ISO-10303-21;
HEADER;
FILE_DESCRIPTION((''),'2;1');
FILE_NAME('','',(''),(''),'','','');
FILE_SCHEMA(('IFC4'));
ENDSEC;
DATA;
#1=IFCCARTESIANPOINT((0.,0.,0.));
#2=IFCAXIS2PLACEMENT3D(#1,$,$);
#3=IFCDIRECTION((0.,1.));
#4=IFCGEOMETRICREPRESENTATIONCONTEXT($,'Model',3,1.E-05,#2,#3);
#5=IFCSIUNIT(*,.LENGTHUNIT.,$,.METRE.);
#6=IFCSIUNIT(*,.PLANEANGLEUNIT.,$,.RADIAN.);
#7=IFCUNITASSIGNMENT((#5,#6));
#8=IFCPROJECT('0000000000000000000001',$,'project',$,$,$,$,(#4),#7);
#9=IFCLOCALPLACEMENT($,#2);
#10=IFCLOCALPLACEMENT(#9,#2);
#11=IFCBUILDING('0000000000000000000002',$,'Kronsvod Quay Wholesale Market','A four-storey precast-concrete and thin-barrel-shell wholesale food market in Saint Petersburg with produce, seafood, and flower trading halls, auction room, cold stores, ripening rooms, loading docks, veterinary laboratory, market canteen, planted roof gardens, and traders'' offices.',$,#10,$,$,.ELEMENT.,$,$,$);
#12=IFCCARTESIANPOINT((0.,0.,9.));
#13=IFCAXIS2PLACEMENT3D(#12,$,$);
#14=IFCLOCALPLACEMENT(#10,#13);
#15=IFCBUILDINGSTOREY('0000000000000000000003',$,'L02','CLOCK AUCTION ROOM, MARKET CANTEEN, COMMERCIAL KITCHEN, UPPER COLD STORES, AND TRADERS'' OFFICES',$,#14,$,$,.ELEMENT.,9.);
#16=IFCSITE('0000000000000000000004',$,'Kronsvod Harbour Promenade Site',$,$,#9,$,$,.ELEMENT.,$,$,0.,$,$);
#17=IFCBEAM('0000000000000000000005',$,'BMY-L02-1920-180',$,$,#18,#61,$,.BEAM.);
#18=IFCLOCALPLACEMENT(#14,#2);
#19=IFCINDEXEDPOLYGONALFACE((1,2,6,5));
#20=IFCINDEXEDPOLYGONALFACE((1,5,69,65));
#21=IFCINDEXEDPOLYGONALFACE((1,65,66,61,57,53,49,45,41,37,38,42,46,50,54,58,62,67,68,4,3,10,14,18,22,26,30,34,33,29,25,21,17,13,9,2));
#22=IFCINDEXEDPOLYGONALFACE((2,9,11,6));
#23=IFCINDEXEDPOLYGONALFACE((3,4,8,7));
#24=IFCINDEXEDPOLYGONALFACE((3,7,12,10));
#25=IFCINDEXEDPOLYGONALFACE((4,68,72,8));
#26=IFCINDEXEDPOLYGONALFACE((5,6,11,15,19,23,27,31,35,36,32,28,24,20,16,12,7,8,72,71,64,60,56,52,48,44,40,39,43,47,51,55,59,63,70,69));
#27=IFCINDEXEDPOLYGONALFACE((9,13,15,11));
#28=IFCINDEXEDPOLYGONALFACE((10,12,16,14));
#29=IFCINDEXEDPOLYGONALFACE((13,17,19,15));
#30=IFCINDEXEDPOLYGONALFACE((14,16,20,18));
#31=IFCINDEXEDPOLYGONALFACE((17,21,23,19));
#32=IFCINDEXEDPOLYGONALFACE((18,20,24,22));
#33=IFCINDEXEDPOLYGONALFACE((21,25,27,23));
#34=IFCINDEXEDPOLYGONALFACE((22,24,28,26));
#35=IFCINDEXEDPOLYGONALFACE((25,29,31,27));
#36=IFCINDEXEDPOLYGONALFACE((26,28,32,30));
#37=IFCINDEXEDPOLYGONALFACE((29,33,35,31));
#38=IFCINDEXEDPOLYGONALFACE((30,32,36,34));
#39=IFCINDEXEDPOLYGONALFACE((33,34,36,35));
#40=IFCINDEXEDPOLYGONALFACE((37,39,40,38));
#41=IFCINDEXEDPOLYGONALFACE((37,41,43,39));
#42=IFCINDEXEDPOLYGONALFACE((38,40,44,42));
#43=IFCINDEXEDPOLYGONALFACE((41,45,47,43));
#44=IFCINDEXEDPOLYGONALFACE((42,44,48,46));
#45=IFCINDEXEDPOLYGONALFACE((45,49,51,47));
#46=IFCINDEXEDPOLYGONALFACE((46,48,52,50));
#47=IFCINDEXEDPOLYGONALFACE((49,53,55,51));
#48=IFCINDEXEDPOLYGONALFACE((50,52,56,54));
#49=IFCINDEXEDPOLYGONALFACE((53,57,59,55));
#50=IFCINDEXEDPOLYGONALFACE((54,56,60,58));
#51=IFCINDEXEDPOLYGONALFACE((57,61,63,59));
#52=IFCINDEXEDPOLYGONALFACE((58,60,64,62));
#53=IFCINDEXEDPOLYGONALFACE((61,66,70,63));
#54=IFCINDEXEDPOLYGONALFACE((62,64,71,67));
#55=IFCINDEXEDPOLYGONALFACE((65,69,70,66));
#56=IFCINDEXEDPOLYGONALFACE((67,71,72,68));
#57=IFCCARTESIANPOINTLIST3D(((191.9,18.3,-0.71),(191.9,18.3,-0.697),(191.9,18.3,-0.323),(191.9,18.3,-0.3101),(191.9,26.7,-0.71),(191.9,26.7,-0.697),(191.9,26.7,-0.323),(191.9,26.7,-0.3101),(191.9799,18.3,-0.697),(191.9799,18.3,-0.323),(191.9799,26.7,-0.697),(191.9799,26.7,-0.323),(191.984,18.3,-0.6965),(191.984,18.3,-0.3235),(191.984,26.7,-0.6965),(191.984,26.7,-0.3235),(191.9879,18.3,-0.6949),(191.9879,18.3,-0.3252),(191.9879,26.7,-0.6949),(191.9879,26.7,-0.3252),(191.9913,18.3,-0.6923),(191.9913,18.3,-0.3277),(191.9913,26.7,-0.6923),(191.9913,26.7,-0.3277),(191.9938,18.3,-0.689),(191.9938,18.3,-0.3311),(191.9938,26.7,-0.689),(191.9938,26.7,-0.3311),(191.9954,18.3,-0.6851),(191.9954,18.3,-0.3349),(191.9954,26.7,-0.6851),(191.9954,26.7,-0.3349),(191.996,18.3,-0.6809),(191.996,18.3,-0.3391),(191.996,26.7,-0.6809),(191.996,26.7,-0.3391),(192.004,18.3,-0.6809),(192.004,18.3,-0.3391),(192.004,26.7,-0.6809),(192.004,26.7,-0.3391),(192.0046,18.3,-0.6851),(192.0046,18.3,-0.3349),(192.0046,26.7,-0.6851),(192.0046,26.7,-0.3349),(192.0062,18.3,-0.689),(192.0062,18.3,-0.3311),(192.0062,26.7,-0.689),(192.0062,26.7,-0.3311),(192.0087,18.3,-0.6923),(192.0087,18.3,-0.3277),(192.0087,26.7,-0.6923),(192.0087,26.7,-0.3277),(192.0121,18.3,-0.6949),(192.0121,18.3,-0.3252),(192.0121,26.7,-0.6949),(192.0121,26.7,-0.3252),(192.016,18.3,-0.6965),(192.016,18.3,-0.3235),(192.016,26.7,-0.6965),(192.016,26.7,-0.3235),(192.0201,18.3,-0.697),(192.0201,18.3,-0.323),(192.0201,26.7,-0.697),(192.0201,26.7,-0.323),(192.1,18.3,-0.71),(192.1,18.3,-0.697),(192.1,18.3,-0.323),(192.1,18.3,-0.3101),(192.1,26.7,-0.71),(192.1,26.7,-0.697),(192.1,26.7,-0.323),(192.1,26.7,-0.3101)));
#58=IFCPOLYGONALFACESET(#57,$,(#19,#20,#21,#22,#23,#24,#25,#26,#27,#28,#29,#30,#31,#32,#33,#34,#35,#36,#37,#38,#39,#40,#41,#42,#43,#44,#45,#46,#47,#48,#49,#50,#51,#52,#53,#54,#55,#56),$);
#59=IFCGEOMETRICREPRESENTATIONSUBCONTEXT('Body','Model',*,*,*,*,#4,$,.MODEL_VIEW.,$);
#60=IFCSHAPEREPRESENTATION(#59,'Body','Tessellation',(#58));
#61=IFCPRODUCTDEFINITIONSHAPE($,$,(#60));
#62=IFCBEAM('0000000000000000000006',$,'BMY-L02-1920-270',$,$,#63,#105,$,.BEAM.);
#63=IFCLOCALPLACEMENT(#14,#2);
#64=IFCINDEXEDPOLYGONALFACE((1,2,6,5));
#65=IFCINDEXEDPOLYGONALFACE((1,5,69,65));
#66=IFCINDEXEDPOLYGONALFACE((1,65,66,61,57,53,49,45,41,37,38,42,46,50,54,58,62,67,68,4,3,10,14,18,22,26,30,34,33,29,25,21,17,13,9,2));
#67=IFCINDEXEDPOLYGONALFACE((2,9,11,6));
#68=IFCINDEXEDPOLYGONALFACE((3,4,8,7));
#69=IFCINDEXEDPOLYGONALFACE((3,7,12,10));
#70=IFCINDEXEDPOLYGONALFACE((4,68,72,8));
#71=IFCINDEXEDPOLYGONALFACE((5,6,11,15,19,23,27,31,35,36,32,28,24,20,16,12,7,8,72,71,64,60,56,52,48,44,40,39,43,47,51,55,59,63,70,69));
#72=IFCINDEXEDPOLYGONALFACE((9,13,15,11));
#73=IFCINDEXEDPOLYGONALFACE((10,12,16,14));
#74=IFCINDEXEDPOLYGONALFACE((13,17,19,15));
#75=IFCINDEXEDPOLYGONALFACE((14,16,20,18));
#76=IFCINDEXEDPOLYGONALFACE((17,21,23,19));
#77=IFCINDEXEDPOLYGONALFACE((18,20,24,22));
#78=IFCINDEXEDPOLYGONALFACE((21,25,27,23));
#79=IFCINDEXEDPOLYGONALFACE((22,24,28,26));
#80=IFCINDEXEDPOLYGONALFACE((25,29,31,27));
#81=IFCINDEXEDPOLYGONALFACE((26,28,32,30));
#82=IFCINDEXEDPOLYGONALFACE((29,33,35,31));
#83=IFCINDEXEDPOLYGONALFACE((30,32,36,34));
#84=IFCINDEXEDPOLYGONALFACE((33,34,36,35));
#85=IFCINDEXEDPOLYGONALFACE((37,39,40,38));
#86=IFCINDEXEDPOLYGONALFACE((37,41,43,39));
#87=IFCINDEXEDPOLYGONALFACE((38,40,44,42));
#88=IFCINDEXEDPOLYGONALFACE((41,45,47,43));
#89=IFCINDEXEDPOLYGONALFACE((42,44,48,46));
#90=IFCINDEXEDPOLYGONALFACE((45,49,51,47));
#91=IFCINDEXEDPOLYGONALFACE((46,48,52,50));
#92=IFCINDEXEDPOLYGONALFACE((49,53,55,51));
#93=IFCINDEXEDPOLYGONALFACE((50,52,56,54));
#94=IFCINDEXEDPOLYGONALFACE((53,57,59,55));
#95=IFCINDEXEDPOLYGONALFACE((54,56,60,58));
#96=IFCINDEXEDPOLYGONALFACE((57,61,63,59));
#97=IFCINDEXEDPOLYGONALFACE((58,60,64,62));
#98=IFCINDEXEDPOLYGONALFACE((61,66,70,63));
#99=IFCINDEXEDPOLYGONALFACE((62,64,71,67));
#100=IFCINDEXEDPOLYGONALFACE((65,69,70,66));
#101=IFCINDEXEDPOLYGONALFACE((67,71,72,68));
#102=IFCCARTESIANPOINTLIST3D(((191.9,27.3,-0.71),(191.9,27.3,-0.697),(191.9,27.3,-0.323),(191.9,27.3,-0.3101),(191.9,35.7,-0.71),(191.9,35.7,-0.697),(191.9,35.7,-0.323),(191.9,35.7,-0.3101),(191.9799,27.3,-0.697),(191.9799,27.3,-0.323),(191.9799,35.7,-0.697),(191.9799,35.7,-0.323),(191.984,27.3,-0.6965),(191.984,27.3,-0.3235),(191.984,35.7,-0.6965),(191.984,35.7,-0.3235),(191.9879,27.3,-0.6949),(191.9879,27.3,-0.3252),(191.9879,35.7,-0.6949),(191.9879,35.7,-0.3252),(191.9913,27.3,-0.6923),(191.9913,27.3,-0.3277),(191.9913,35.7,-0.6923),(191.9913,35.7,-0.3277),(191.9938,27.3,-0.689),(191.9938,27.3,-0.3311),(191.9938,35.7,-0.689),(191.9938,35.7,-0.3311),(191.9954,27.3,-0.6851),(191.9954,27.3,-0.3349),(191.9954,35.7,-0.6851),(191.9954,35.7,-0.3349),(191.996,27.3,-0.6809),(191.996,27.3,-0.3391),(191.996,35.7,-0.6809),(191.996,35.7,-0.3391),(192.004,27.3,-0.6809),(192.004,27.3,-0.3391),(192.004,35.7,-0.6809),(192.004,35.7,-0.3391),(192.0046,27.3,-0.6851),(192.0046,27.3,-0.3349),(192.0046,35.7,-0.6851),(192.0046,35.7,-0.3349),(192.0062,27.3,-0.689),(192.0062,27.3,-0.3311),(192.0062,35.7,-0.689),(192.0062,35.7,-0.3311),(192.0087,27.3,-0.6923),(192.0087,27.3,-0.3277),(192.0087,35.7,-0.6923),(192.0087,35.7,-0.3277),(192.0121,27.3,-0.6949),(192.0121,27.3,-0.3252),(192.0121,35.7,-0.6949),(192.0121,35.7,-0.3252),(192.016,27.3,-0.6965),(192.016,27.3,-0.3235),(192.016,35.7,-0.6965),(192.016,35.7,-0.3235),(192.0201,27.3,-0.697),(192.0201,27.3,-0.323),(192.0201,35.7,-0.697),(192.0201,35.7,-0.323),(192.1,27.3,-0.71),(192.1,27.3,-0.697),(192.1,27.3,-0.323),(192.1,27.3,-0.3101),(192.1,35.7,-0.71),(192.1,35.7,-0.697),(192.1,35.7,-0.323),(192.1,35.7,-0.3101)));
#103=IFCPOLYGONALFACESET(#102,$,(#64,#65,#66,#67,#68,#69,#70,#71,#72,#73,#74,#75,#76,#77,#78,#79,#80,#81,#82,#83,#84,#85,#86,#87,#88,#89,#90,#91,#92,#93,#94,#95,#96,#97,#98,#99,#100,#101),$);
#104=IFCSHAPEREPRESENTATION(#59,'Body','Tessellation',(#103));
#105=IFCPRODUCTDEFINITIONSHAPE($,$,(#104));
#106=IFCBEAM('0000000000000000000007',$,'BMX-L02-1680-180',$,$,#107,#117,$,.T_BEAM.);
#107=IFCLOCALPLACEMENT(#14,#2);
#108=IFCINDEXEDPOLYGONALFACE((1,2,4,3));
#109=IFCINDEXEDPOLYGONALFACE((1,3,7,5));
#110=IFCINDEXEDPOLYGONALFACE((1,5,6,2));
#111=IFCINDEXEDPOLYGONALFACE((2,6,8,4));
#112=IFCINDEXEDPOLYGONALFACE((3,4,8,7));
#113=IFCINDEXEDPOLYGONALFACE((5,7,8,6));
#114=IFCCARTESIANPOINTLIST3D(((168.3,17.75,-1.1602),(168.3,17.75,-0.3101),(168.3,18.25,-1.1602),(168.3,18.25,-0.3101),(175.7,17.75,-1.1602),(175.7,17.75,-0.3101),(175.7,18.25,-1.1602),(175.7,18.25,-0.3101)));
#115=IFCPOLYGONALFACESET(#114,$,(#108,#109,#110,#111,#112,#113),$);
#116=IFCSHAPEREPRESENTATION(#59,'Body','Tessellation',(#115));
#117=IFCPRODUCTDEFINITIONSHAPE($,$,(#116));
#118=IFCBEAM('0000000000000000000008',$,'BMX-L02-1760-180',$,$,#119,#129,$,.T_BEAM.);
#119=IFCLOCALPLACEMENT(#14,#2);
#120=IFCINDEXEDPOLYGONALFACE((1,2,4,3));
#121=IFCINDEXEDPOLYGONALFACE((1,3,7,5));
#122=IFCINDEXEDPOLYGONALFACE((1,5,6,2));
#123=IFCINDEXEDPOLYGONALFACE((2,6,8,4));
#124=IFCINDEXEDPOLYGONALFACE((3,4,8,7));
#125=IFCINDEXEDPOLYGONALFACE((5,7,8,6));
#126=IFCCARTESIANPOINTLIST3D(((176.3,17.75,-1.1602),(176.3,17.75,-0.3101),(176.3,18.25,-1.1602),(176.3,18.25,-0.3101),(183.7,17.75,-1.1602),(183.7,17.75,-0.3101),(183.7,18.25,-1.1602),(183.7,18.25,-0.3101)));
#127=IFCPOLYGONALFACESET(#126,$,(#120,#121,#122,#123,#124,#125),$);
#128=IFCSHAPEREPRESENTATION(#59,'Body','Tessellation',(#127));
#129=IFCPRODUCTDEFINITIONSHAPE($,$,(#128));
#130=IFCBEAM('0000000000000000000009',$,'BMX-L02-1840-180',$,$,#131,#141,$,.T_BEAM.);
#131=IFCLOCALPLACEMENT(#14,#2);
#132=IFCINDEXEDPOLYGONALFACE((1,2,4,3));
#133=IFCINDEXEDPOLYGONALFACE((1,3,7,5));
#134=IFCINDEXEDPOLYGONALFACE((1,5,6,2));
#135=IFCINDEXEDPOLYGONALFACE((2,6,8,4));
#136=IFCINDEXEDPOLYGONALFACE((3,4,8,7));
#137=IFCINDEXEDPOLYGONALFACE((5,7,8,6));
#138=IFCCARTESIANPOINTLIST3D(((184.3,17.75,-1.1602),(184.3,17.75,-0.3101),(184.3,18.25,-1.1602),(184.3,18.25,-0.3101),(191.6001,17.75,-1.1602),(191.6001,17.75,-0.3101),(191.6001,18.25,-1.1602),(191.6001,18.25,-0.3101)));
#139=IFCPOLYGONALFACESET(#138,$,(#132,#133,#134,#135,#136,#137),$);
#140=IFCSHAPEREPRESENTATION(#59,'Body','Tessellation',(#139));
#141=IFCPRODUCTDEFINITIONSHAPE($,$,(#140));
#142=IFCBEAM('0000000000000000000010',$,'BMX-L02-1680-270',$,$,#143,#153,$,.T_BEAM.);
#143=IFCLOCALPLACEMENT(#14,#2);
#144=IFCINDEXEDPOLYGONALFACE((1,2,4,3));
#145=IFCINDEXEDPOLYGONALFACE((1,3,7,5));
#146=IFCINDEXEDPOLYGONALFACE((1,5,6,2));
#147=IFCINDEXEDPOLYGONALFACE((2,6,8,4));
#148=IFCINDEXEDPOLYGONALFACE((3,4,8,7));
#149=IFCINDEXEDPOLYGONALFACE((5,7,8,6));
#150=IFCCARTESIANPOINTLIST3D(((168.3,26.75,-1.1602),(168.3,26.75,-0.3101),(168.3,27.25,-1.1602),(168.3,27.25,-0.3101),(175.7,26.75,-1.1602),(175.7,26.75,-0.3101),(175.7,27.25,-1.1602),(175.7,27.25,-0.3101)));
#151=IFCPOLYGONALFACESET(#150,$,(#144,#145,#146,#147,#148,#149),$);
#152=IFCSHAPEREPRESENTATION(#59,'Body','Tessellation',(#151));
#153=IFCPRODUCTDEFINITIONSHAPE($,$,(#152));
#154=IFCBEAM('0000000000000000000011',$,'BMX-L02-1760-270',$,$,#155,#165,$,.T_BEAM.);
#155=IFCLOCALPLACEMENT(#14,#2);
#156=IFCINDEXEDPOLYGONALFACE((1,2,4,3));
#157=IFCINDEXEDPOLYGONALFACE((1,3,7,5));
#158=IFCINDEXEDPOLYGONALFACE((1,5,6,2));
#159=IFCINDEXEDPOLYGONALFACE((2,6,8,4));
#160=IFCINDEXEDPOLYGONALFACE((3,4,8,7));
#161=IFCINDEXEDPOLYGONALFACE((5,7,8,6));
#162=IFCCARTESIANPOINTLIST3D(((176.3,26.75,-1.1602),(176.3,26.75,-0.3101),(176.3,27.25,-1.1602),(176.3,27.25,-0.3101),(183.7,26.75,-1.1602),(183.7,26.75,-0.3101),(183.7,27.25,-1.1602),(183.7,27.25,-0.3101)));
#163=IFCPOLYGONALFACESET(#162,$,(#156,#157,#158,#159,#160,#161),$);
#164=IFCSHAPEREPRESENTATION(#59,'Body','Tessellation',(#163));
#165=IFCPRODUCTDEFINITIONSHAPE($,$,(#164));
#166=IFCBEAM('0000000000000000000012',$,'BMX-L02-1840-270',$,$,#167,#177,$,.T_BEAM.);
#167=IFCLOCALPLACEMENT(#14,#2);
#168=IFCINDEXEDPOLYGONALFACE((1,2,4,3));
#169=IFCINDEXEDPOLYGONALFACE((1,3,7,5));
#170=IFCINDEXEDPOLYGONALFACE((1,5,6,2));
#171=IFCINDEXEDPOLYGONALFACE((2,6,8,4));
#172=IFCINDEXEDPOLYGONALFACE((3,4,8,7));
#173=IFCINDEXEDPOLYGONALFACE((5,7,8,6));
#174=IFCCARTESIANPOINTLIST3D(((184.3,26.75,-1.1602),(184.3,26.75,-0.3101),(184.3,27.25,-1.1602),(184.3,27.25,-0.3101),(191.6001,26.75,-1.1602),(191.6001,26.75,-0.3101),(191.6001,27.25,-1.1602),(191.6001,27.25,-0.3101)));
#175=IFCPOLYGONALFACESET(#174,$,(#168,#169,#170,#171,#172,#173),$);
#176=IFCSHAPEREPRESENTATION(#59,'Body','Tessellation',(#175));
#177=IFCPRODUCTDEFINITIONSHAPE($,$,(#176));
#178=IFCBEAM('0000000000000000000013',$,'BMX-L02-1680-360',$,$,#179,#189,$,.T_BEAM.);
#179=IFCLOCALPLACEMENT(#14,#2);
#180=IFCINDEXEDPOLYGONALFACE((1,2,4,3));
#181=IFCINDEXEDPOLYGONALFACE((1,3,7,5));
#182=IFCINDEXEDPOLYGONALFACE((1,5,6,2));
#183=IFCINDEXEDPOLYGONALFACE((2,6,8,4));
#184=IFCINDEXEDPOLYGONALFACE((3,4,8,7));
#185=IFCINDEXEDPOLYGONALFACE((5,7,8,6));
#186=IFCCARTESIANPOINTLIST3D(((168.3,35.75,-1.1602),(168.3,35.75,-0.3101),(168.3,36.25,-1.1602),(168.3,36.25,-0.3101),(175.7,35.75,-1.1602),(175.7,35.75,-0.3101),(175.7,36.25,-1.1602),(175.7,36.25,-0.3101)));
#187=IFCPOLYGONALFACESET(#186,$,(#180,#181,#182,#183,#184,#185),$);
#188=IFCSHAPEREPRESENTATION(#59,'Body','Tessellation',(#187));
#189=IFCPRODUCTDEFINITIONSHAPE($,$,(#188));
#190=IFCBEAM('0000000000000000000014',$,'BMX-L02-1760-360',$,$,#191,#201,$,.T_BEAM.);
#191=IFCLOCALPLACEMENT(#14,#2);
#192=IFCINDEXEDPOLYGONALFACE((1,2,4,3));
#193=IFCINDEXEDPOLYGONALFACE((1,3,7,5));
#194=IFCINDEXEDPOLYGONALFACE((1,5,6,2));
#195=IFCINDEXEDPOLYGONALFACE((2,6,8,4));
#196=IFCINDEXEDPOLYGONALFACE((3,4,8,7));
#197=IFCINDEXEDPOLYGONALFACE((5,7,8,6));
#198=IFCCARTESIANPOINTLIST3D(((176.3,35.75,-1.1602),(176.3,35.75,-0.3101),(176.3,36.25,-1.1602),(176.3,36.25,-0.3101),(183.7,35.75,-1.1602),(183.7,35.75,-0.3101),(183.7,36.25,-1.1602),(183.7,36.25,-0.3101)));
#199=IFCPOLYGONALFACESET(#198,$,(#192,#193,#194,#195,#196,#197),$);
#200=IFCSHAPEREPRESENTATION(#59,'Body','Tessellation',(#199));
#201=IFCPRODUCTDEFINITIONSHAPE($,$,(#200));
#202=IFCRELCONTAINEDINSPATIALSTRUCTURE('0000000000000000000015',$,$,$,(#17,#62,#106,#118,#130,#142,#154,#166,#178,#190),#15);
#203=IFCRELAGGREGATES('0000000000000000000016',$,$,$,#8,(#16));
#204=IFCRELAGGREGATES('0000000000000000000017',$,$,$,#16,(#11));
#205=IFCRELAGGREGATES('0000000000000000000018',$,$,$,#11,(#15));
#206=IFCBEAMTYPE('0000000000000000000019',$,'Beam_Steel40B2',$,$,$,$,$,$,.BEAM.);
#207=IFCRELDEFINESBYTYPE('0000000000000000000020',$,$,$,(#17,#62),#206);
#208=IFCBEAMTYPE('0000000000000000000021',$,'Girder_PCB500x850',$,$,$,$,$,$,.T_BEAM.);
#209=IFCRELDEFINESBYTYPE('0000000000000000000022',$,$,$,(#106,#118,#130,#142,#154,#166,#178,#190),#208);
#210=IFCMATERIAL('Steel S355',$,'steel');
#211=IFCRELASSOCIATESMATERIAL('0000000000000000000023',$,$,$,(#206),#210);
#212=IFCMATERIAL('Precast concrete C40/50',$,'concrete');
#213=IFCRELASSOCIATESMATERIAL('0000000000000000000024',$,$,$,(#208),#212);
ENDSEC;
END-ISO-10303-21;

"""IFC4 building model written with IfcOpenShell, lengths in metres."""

from ifc_helpers import new_model, si_unit, direction, frame, origin, origin_2d, place, context, subcontext, project, spatial, rectangle, i_section, extrude, material, material_profile, profile_set, type_object, element, save


model = new_model("IFC4")

# Units and contexts
model_context = context("Model", 3, precision=1e-05, world=origin(), true_north=direction((0.0, 1.0)))
body_context = subcontext(model_context, "Body", "Model", "MODEL_VIEW")
ifc_project = project(units=[si_unit("LENGTHUNIT", "METRE"), si_unit("PLANEANGLEUNIT", "RADIAN")], contexts=[model_context])

# Site, building, storey
site_placement = place(None, origin())
site = spatial("IfcSite", under=ifc_project, at=site_placement, Name="Kronsvod Harbour Promenade Site", CompositionType="ELEMENT", RefElevation=0.0)
building_placement = place(site_placement, origin())
building = spatial("IfcBuilding", under=site, at=building_placement, Name="Kronsvod Quay Wholesale Market", Description="A four-storey precast-concrete and thin-barrel-shell wholesale food market in Saint Petersburg with produce, seafood, and flower trading halls, auction room, cold stores, ripening rooms, loading docks, veterinary laboratory, market canteen, planted roof gardens, and traders' offices.", CompositionType="ELEMENT")
storey_placement = place(building_placement, frame((0.0, 0.0, 9.0)))
storey = spatial("IfcBuildingStorey", under=building, at=storey_placement, Name="L02", Description="CLOCK AUCTION ROOM, MARKET CANTEEN, COMMERCIAL KITCHEN, UPPER COLD STORES, AND TRADERS' OFFICES", CompositionType="ELEMENT", Elevation=9.0)

# Beams
ifc_material_1 = material(Name="Steel S355", Category="steel")
ifc_material_profile_1 = material_profile(ifc_material_1, i_section(OverallWidth=0.2, OverallDepth=0.3999, WebThickness=0.0081, FlangeThickness=0.0129, FilletRadius=0.0161, at=origin_2d()), Name="40B2")
ifc_profile_set_1 = profile_set([ifc_material_profile_1], Name="Steel S355")
beam_type_1 = type_object("IfcBeamType", Name="Beam_Steel40B2", PredefinedType="BEAM", material=ifc_profile_set_1)
for number, where, z_axis, x_axis, name in (
    (1, (192.0, 18.3, -0.51), (0.0, 1.0, 0.0), (-1.0, 0.0, 0.0), "BMY-L02-1920-180"),
    (2, (192.0, 27.3, -0.51), (0.0, 1.0, 0.0), (-1.0, 0.0, 0.0), "BMY-L02-1920-270"),
):
    element("IfcBeam", number, at=place(storey_placement, frame(where, z_axis=z_axis, x_axis=x_axis)), inside=storey, type_object=beam_type_1, Name=name, PredefinedType="BEAM", context=body_context, shape_type="SweptSolid", body=[
        extrude(i_section(OverallWidth=0.2, OverallDepth=0.3999, WebThickness=0.0081, FlangeThickness=0.0129, FilletRadius=0.0161, at=origin_2d()), origin(), (0.0, 0.0, 1.0), 8.3999),
    ])
ifc_material_2 = material(Name="Precast concrete C40/50", Category="concrete")
ifc_material_profile_2 = material_profile(ifc_material_2, rectangle(XDim=0.5, YDim=0.8501, at=origin_2d()), Name="PCB500x850")
ifc_profile_set_2 = profile_set([ifc_material_profile_2], Name="Precast concrete C40/50")
beam_type_2 = type_object("IfcBeamType", Name="Girder_PCB500x850", PredefinedType="T_BEAM", material=ifc_profile_set_2)
for number, where, z_axis, x_axis, name in (
    (3, (168.3, 18.0, -0.7351), (1.0, 0.0, 0.0), (0.0, 1.0, 0.0), "BMX-L02-1680-180"),
    (4, (176.3, 18.0, -0.7351), (1.0, 0.0, 0.0), (0.0, 1.0, 0.0), "BMX-L02-1760-180"),
):
    element("IfcBeam", number, at=place(storey_placement, frame(where, z_axis=z_axis, x_axis=x_axis)), inside=storey, type_object=beam_type_2, Name=name, PredefinedType="T_BEAM", context=body_context, shape_type="SweptSolid", body=[
        extrude(rectangle(XDim=0.5, YDim=0.8501, at=origin_2d()), origin(), (0.0, 0.0, 1.0), 7.3999),
    ])
beam_1_placement = place(storey_placement, frame((184.3, 18.0, -0.7351), z_axis=(1.0, 0.0, 0.0), x_axis=(0.0, 1.0, 0.0)))
element("IfcBeam", 5, at=beam_1_placement, inside=storey, type_object=beam_type_2, Name="BMX-L02-1840-180", PredefinedType="T_BEAM", context=body_context, shape_type="SweptSolid", body=[
    extrude(rectangle(XDim=0.5, YDim=0.8501, at=origin_2d()), origin(), (0.0, 0.0, 1.0), 7.3),
])
for number, where, z_axis, x_axis, name in (
    (6, (168.3, 27.0, -0.7351), (1.0, 0.0, 0.0), (0.0, 1.0, 0.0), "BMX-L02-1680-270"),
    (7, (176.3, 27.0, -0.7351), (1.0, 0.0, 0.0), (0.0, 1.0, 0.0), "BMX-L02-1760-270"),
):
    element("IfcBeam", number, at=place(storey_placement, frame(where, z_axis=z_axis, x_axis=x_axis)), inside=storey, type_object=beam_type_2, Name=name, PredefinedType="T_BEAM", context=body_context, shape_type="SweptSolid", body=[
        extrude(rectangle(XDim=0.5, YDim=0.8501, at=origin_2d()), origin(), (0.0, 0.0, 1.0), 7.3999),
    ])
beam_2_placement = place(storey_placement, frame((184.3, 27.0, -0.7351), z_axis=(1.0, 0.0, 0.0), x_axis=(0.0, 1.0, 0.0)))
element("IfcBeam", 8, at=beam_2_placement, inside=storey, type_object=beam_type_2, Name="BMX-L02-1840-270", PredefinedType="T_BEAM", context=body_context, shape_type="SweptSolid", body=[
    extrude(rectangle(XDim=0.5, YDim=0.8501, at=origin_2d()), origin(), (0.0, 0.0, 1.0), 7.3),
])
for number, where, z_axis, x_axis, name in (
    (9, (168.3, 36.0, -0.7351), (1.0, 0.0, 0.0), (0.0, 1.0, 0.0), "BMX-L02-1680-360"),
    (10, (176.3, 36.0, -0.7351), (1.0, 0.0, 0.0), (0.0, 1.0, 0.0), "BMX-L02-1760-360"),
):
    element("IfcBeam", number, at=place(storey_placement, frame(where, z_axis=z_axis, x_axis=x_axis)), inside=storey, type_object=beam_type_2, Name=name, PredefinedType="T_BEAM", context=body_context, shape_type="SweptSolid", body=[
        extrude(rectangle(XDim=0.5, YDim=0.8501, at=origin_2d()), origin(), (0.0, 0.0, 1.0), 7.3999),
    ])

save(model, "model.ifc")
